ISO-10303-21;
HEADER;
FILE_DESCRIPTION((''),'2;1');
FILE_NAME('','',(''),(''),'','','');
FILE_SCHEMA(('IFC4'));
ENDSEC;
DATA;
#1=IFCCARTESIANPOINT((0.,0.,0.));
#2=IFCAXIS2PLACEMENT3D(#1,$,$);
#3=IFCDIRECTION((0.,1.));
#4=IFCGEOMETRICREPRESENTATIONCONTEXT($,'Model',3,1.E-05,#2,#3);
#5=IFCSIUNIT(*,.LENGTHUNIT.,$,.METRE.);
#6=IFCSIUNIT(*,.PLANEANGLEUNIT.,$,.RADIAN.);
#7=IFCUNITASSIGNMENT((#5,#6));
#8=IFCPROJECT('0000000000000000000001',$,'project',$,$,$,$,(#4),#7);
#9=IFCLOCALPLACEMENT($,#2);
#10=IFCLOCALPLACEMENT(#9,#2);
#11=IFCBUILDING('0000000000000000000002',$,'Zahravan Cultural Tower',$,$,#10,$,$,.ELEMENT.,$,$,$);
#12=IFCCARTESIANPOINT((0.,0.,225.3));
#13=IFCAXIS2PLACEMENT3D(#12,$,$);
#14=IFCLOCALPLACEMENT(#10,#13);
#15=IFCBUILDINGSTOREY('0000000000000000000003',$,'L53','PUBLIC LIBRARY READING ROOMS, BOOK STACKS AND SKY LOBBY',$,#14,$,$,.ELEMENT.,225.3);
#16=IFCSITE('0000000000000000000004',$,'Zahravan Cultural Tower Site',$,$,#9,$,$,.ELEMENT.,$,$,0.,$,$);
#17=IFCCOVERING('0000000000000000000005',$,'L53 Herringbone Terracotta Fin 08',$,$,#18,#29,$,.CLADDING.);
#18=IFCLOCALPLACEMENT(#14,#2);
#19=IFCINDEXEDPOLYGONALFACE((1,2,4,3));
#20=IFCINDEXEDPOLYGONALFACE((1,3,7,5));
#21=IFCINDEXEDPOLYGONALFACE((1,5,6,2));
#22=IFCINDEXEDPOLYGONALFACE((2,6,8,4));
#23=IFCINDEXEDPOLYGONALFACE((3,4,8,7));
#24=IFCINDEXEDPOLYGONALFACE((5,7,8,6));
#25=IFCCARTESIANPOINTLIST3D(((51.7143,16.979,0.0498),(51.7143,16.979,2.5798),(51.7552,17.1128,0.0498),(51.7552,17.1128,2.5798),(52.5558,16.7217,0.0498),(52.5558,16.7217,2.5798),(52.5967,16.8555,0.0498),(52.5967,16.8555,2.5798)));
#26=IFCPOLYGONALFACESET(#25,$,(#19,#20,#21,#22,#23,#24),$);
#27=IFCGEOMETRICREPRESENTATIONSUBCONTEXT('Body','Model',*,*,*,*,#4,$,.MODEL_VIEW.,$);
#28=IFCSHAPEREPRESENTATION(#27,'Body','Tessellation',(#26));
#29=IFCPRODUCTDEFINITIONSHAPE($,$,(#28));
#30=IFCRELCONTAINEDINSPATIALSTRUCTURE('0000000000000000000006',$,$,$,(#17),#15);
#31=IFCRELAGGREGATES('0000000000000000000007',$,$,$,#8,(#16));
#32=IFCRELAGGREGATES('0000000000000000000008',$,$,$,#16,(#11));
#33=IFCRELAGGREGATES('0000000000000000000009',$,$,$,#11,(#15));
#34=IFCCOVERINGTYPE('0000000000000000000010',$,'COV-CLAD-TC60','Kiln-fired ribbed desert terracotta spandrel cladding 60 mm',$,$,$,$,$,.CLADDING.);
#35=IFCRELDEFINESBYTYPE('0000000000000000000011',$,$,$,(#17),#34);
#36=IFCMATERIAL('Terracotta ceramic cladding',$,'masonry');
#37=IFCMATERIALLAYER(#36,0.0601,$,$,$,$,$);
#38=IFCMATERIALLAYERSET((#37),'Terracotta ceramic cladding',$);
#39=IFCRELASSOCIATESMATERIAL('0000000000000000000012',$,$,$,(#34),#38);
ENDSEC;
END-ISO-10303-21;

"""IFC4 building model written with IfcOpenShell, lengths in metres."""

from ifc_helpers import new_model, si_unit, direction, frame, origin, origin_2d, place, context, subcontext, project, spatial, rectangle, extrude, source, transform, mapped, material, layer, layer_set, type_object, element, save


model = new_model("IFC4")

# Units and contexts
model_context = context("Model", 3, precision=1e-05, world=origin(), true_north=direction((0.0, 1.0)))
body_context = subcontext(model_context, "Body", "Model", "MODEL_VIEW")
ifc_project = project(units=[si_unit("LENGTHUNIT", "METRE"), si_unit("PLANEANGLEUNIT", "RADIAN")], contexts=[model_context])

# Site, building, storey
site_placement = place(None, origin())
site = spatial("IfcSite", under=ifc_project, at=site_placement, Name="Zahravan Cultural Tower Site", CompositionType="ELEMENT", RefElevation=0.0)
building_placement = place(site_placement, origin())
building = spatial("IfcBuilding", under=site, at=building_placement, Name="Zahravan Cultural Tower", CompositionType="ELEMENT")
storey_placement = place(building_placement, frame((0.0, 0.0, 225.3)))
storey = spatial("IfcBuildingStorey", under=building, at=storey_placement, Name="L53", Description="PUBLIC LIBRARY READING ROOMS, BOOK STACKS AND SKY LOBBY", CompositionType="ELEMENT", Elevation=225.3)

# Covering
ifc_material_1 = material(Name="Terracotta ceramic cladding", Category="masonry")
ifc_layer_1 = layer(ifc_material_1, 0.0601)
ifc_layer_set_1 = layer_set([ifc_layer_1], Name="Terracotta ceramic cladding")
covering_type = type_object("IfcCoveringType", Name="COV-CLAD-TC60", Description="Kiln-fired ribbed desert terracotta spandrel cladding 60 mm", PredefinedType="CLADDING", material=ifc_layer_set_1)
shared_shape_1 = source(origin(), body_context, "Body", "SweptSolid", [
    extrude(rectangle(XDim=0.8799, YDim=0.1399, at=origin_2d()), origin(), (0.0, 0.0, 1.0), 2.53),
])
for number, where, z_axis, x_axis, name in (
    (1, (52.1555, 16.9172, 0.0498), (0.0, 0.0, 1.0), (0.956305, -0.292372, 0.0), "L53 Herringbone Terracotta Fin 08"),
):
    element("IfcCovering", number, at=place(storey_placement, frame(where, z_axis=z_axis, x_axis=x_axis)), inside=storey, type_object=covering_type, Name=name, PredefinedType="CLADDING", context=body_context, shape_type="MappedRepresentation", body=[
        mapped(shared_shape_1, transform((0.0, 0.0, 0.0), x_axis=(1.0, 0.0, 0.0), y_axis=(0.0, 1.0, 0.0), z_axis=(0.0, 0.0, 1.0), scale=1.0)),
    ])

save(model, "model.ifc")
